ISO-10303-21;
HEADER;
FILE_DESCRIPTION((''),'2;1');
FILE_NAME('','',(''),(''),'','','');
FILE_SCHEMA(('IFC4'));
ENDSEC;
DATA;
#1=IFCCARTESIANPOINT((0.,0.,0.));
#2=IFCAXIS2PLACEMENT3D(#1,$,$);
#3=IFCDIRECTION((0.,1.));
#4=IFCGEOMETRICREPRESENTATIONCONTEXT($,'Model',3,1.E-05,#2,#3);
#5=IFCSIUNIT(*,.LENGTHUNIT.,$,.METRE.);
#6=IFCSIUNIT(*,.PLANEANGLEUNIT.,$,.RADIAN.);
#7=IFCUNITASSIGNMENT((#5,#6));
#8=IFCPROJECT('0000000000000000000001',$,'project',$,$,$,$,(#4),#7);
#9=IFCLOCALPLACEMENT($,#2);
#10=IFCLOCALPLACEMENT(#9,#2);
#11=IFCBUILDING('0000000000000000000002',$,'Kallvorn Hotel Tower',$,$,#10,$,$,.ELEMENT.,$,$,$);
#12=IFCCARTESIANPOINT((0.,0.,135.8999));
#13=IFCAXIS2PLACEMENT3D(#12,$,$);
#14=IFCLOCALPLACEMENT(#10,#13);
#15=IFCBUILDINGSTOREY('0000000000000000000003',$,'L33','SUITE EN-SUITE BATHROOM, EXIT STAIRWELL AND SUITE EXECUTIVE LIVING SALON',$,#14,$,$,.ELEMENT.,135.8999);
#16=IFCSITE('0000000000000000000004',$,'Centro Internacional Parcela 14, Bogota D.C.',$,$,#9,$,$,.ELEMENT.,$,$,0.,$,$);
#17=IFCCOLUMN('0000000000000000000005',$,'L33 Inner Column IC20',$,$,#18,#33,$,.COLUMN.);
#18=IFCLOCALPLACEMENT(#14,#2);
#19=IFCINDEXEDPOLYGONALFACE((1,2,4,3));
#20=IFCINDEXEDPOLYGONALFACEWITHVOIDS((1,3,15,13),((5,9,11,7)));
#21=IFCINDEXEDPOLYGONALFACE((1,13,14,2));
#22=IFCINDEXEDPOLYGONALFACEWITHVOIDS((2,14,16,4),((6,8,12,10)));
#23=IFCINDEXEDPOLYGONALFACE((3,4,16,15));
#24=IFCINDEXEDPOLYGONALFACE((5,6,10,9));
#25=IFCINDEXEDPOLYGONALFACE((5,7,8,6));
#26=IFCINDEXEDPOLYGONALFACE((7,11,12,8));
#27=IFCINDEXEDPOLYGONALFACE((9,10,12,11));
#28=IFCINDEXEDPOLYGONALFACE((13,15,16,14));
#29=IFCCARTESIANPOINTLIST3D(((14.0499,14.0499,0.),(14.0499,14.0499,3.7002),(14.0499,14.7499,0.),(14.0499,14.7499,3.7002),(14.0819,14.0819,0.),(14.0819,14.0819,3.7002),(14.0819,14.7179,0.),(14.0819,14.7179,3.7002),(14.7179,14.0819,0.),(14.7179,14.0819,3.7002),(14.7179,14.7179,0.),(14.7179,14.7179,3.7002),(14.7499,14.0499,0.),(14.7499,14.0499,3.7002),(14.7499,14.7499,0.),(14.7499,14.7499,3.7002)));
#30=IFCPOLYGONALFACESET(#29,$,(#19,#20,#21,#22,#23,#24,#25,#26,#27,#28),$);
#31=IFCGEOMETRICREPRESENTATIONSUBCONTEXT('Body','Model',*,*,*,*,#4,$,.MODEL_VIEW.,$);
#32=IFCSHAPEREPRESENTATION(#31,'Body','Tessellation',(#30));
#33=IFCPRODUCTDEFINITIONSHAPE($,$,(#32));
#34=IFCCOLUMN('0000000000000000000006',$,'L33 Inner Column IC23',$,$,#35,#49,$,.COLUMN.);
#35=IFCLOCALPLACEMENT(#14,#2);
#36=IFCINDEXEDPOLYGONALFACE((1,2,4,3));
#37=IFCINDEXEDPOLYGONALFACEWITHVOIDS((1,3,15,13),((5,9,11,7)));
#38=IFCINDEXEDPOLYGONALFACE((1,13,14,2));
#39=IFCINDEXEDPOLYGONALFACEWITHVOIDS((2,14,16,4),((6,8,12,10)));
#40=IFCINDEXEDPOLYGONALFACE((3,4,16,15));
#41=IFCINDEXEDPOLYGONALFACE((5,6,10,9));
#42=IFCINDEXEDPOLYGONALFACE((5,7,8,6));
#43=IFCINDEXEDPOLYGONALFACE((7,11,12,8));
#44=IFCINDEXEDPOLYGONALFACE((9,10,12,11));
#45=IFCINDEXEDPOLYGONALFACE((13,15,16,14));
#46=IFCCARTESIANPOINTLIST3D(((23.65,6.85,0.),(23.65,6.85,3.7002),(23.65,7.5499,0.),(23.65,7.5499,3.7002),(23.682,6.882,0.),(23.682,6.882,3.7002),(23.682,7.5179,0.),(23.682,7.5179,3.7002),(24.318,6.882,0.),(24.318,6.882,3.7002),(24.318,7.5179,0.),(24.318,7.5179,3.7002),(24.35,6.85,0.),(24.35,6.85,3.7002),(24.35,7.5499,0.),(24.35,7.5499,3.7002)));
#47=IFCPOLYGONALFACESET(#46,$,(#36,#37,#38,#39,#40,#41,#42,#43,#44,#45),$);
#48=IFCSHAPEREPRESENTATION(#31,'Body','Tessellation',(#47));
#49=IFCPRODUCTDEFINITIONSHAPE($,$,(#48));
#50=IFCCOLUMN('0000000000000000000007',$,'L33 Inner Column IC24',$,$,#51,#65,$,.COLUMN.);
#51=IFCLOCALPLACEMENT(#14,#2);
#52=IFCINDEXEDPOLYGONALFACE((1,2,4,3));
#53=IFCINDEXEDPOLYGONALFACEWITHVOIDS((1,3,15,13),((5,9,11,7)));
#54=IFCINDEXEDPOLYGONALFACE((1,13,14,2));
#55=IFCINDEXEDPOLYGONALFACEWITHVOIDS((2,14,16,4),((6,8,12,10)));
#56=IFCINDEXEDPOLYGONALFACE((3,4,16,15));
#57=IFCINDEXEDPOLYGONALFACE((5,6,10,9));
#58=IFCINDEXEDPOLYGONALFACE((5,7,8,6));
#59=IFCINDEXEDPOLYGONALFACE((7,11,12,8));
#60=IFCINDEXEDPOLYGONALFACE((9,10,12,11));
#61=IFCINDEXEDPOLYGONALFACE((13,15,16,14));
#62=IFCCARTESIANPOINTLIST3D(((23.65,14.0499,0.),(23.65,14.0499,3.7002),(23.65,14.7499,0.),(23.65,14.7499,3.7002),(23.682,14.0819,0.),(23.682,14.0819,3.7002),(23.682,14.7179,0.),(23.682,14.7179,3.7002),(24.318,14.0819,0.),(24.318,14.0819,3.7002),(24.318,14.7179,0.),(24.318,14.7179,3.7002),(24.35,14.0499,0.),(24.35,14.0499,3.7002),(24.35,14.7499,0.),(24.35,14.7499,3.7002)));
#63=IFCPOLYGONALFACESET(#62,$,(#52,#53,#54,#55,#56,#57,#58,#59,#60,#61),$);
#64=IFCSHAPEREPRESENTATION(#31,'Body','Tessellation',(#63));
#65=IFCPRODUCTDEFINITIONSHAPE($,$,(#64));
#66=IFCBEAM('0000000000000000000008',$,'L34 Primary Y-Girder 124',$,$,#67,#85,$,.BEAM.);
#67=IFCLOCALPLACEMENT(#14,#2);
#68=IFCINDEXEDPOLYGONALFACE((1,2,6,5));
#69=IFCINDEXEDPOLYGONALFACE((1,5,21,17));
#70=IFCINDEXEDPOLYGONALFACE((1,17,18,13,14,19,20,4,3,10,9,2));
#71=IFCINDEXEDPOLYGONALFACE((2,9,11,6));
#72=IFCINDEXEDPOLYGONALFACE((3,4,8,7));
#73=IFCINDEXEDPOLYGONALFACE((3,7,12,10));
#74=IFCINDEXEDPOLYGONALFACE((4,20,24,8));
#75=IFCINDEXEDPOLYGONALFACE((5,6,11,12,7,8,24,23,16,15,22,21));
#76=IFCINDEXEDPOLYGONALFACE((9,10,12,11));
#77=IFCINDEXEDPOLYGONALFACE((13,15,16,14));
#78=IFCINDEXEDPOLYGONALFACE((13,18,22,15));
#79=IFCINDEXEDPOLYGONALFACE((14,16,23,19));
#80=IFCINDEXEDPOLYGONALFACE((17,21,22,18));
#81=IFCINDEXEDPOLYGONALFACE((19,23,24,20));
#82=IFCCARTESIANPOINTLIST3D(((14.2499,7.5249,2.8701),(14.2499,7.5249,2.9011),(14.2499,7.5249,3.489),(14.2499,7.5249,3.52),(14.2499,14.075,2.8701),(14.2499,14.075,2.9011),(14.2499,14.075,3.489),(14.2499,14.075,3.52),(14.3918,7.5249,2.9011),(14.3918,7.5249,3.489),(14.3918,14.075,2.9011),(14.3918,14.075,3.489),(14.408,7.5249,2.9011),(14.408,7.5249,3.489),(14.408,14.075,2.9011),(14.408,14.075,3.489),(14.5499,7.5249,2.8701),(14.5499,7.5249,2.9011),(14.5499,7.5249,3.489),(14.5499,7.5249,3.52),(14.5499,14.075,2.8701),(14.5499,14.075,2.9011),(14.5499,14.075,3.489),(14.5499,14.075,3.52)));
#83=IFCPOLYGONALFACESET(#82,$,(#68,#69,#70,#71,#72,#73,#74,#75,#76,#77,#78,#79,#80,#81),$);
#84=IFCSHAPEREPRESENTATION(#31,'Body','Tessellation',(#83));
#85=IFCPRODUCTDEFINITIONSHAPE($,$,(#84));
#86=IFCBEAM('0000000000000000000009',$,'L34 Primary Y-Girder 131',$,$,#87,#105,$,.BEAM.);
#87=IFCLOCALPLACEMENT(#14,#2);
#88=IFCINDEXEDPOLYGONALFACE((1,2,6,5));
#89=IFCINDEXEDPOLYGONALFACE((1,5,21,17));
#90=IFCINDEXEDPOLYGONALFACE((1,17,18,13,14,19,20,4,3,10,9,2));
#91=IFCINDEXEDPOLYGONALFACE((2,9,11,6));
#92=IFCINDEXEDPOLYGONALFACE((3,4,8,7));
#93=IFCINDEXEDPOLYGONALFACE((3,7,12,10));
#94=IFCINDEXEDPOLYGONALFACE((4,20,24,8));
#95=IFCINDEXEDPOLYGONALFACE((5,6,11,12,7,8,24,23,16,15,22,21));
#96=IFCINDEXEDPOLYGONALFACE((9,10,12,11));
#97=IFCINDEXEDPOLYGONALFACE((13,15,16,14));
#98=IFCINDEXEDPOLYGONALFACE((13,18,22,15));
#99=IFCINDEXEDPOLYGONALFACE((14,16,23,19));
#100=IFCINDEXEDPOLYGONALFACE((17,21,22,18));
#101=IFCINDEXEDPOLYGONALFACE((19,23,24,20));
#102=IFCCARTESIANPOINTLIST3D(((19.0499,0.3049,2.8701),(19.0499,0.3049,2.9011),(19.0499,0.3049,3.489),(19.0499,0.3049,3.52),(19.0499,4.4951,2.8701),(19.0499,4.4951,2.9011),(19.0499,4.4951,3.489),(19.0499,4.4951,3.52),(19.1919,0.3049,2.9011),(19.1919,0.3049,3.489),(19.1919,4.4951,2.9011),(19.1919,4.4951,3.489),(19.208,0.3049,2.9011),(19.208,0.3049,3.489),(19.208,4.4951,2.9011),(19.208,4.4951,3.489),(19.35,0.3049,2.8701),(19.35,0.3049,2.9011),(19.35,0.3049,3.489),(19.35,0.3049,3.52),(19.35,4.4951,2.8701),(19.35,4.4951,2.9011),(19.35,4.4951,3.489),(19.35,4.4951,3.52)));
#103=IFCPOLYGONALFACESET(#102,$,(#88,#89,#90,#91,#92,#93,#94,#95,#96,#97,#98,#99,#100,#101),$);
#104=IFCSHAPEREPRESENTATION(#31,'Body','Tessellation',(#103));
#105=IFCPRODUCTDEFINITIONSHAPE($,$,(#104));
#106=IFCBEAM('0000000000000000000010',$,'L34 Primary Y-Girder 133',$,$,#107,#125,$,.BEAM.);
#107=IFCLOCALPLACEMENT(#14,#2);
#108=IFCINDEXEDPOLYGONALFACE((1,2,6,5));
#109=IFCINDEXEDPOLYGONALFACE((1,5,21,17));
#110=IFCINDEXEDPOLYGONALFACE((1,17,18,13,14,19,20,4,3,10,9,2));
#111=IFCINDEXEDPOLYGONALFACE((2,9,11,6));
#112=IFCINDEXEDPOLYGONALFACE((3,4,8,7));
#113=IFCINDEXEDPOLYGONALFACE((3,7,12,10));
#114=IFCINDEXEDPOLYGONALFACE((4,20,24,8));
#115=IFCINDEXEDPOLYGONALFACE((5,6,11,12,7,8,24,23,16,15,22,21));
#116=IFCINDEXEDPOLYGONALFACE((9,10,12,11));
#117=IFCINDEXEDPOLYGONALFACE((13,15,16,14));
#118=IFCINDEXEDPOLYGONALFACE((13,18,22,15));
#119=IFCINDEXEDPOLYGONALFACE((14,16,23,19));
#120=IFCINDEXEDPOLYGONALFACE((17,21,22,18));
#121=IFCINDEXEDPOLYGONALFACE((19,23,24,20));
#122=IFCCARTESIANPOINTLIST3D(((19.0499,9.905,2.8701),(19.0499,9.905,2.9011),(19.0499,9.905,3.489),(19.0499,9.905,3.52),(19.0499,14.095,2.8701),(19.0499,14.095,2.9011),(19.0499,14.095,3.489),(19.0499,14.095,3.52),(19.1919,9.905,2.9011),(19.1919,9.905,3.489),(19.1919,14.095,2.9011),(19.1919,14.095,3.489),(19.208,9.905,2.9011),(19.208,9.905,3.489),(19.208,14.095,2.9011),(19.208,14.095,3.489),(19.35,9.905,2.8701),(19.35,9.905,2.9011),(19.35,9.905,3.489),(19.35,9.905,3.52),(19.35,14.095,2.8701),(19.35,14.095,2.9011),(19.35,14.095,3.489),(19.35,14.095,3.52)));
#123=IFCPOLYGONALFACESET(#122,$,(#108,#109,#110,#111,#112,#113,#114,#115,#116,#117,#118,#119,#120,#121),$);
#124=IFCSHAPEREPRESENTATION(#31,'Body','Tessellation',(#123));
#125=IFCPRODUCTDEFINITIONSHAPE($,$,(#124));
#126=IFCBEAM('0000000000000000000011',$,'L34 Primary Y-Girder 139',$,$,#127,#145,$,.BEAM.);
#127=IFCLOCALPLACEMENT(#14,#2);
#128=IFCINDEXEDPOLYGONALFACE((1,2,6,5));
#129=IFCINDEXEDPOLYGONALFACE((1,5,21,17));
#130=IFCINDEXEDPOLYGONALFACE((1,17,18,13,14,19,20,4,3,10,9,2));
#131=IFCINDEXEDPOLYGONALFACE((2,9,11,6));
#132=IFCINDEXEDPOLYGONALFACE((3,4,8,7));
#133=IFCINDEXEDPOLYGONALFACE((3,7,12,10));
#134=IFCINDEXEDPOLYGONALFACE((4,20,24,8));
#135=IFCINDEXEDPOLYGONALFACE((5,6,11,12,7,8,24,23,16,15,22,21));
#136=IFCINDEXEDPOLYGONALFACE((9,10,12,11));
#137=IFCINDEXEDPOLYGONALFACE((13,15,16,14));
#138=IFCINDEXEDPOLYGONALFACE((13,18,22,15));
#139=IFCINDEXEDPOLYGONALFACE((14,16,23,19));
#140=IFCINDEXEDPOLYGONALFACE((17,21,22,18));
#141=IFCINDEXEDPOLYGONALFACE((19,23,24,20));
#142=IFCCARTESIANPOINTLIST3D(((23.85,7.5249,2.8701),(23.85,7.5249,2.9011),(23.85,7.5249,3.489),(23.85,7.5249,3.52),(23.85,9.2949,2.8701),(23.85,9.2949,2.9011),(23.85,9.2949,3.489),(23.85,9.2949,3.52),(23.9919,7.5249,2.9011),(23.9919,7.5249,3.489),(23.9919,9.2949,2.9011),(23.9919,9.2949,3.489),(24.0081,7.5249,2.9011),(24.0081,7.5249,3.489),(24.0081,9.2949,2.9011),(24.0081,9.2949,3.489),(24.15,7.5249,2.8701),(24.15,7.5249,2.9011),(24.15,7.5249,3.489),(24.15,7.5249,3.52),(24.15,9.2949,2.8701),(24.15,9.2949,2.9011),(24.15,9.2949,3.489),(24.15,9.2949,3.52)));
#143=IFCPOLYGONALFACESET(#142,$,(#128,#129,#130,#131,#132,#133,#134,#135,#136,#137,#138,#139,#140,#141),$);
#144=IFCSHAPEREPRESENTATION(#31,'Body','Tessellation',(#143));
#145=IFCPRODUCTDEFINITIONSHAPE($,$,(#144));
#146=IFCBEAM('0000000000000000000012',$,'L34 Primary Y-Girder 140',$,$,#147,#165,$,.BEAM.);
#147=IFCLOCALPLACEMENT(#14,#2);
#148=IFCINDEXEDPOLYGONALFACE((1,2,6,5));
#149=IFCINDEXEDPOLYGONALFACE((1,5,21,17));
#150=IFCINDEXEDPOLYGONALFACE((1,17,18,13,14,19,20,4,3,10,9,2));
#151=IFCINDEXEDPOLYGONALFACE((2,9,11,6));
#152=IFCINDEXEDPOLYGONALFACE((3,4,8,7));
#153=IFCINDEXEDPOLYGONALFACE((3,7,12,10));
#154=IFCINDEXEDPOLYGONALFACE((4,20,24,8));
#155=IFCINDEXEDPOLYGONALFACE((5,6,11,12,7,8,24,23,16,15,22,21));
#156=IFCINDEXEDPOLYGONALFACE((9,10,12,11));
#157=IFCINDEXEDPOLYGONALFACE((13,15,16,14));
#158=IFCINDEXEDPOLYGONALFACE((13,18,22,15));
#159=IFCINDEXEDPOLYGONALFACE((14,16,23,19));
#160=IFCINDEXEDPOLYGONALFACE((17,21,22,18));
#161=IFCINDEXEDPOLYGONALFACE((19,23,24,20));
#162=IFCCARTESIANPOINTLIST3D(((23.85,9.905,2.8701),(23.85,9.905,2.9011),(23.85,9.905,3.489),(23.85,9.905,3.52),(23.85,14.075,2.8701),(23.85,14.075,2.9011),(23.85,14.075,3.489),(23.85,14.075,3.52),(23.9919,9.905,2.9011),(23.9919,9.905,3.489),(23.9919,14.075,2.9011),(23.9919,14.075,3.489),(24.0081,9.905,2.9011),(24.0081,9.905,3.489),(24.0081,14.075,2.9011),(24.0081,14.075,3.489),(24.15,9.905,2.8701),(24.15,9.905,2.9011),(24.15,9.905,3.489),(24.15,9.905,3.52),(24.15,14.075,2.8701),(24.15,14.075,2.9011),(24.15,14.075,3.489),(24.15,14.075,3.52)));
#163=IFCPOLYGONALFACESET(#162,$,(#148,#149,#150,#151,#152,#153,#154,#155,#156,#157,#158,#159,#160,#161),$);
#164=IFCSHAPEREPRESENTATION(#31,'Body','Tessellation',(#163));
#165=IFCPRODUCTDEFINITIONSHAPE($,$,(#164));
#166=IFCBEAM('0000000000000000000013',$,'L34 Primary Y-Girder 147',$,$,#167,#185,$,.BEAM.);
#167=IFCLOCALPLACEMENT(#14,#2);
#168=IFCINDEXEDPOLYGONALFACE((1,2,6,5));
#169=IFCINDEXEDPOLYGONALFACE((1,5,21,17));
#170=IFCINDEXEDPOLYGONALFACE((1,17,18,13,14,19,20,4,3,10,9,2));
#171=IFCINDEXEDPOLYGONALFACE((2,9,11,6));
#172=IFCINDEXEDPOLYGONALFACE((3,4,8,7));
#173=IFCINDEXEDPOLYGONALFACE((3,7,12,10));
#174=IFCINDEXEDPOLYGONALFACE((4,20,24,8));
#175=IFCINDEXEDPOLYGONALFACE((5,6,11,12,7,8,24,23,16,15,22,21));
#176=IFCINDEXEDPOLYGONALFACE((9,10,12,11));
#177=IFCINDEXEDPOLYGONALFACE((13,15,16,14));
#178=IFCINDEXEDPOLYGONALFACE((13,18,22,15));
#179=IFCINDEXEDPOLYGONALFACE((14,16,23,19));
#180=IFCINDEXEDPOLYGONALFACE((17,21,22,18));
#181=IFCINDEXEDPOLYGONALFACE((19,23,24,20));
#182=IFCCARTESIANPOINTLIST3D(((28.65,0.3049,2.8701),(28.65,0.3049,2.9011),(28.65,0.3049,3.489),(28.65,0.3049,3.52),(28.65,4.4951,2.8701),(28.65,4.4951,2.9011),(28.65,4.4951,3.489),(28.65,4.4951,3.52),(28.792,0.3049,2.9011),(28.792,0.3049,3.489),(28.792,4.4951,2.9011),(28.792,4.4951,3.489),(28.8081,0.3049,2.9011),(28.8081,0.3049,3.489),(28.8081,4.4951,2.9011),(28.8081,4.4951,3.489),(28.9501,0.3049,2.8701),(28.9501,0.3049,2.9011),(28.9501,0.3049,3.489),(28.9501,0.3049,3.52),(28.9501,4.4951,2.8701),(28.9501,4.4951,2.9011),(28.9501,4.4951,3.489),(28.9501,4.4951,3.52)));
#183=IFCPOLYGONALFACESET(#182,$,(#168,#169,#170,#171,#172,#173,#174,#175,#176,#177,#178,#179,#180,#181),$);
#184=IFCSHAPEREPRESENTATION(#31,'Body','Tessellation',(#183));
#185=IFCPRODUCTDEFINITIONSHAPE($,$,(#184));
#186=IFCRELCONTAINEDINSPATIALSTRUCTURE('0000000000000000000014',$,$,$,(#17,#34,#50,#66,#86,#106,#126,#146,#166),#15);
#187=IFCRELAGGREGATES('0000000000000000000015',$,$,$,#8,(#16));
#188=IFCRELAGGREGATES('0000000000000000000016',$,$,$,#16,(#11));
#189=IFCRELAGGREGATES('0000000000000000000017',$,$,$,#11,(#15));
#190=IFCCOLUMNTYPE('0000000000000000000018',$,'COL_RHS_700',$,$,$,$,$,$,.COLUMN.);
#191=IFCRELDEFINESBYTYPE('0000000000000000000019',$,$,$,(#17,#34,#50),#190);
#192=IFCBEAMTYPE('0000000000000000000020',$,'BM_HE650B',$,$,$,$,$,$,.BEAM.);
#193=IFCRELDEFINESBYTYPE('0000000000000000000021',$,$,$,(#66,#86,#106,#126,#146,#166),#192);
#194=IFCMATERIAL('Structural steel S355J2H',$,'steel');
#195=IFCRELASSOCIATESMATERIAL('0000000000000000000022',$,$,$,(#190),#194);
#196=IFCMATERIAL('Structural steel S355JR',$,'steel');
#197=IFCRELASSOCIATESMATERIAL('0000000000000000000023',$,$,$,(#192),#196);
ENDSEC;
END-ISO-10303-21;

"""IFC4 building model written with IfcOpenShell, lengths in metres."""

from ifc_helpers import new_model, si_unit, direction, frame, origin, origin_2d, place, context, subcontext, project, spatial, hollow_rectangle, i_section, extrude, material, material_profile, profile_set, type_object, element, save


model = new_model("IFC4")

# Units and contexts
model_context = context("Model", 3, precision=1e-05, world=origin(), true_north=direction((0.0, 1.0)))
body_context = subcontext(model_context, "Body", "Model", "MODEL_VIEW")
ifc_project = project(units=[si_unit("LENGTHUNIT", "METRE"), si_unit("PLANEANGLEUNIT", "RADIAN")], contexts=[model_context])

# Site, building, storey
site_placement = place(None, origin())
site = spatial("IfcSite", under=ifc_project, at=site_placement, Name="Centro Internacional Parcela 14, Bogota D.C.", CompositionType="ELEMENT", RefElevation=0.0)
building_placement = place(site_placement, origin())
building = spatial("IfcBuilding", under=site, at=building_placement, Name="Kallvorn Hotel Tower", CompositionType="ELEMENT")
storey_placement = place(building_placement, frame((0.0, 0.0, 135.8999)))
storey = spatial("IfcBuildingStorey", under=building, at=storey_placement, Name="L33", Description="SUITE EN-SUITE BATHROOM, EXIT STAIRWELL AND SUITE EXECUTIVE LIVING SALON", CompositionType="ELEMENT", Elevation=135.8999)

# Columns
ifc_material_1 = material(Name="Structural steel S355J2H", Category="steel")
ifc_material_profile_1 = material_profile(ifc_material_1, hollow_rectangle(XDim=0.7, YDim=0.7, WallThickness=0.032, at=origin_2d()), Name="RHS 700x700x32")
ifc_profile_set_1 = profile_set([ifc_material_profile_1], Name="Structural steel S355J2H")
column_type_1 = type_object("IfcColumnType", Name="COL_RHS_700", PredefinedType="COLUMN", material=ifc_profile_set_1)
for number, where, z_axis, x_axis, name in (
    (1, (14.3999, 14.3999, 0.0), (0.0, 0.0, 1.0), (1.0, 0.0, 0.0), "L33 Inner Column IC20"),
    (2, (24.0, 7.2, 0.0), (0.0, 0.0, 1.0), (1.0, 0.0, 0.0), "L33 Inner Column IC23"),
    (3, (24.0, 14.3999, 0.0), (0.0, 0.0, 1.0), (1.0, 0.0, 0.0), "L33 Inner Column IC24"),
):
    element("IfcColumn", number, at=place(storey_placement, frame(where, z_axis=z_axis, x_axis=x_axis)), inside=storey, type_object=column_type_1, Name=name, PredefinedType="COLUMN", context=body_context, shape_type="SweptSolid", body=[
        extrude(hollow_rectangle(XDim=0.7, YDim=0.7, WallThickness=0.032, at=origin_2d()), origin(), (0.0, 0.0, 1.0), 3.7002),
    ])

# Beams
ifc_material_2 = material(Name="Structural steel S355JR", Category="steel")
ifc_material_profile_2 = material_profile(ifc_material_2, i_section(OverallWidth=0.3, OverallDepth=0.6499, WebThickness=0.0161, FlangeThickness=0.031, at=origin_2d()), Name="HE 650 B")
ifc_profile_set_2 = profile_set([ifc_material_profile_2], Name="Structural steel S355JR")
beam_type_1 = type_object("IfcBeamType", Name="BM_HE650B", PredefinedType="BEAM", material=ifc_profile_set_2)
beam_1_placement = place(storey_placement, frame((14.3999, 7.5249, 3.1951), z_axis=(0.0, 1.0, 0.0), x_axis=(-1.0, 0.0, 0.0)))
element("IfcBeam", 4, at=beam_1_placement, inside=storey, type_object=beam_type_1, Name="L34 Primary Y-Girder 124", PredefinedType="BEAM", context=body_context, shape_type="SweptSolid", body=[
    extrude(i_section(OverallWidth=0.3, OverallDepth=0.6499, WebThickness=0.0161, FlangeThickness=0.031, at=origin_2d()), origin(), (0.0, 0.0, 1.0), 6.55),
])
beam_2_placement = place(storey_placement, frame((19.2, 0.3049, 3.1951), z_axis=(0.0, 1.0, 0.0), x_axis=(-1.0, 0.0, 0.0)))
element("IfcBeam", 5, at=beam_2_placement, inside=storey, type_object=beam_type_1, Name="L34 Primary Y-Girder 131", PredefinedType="BEAM", context=body_context, shape_type="SweptSolid", body=[
    extrude(i_section(OverallWidth=0.3, OverallDepth=0.6499, WebThickness=0.0161, FlangeThickness=0.031, at=origin_2d()), origin(), (0.0, 0.0, 1.0), 4.1902),
])
beam_3_placement = place(storey_placement, frame((19.2, 9.905, 3.1951), z_axis=(0.0, 1.0, 0.0), x_axis=(-1.0, 0.0, 0.0)))
element("IfcBeam", 6, at=beam_3_placement, inside=storey, type_object=beam_type_1, Name="L34 Primary Y-Girder 133", PredefinedType="BEAM", context=body_context, shape_type="SweptSolid", body=[
    extrude(i_section(OverallWidth=0.3, OverallDepth=0.6499, WebThickness=0.0161, FlangeThickness=0.031, at=origin_2d()), origin(), (0.0, 0.0, 1.0), 4.1899),
])
beam_4_placement = place(storey_placement, frame((24.0, 7.5249, 3.1951), z_axis=(0.0, 1.0, 0.0), x_axis=(-1.0, 0.0, 0.0)))
element("IfcBeam", 7, at=beam_4_placement, inside=storey, type_object=beam_type_1, Name="L34 Primary Y-Girder 139", PredefinedType="BEAM", context=body_context, shape_type="SweptSolid", body=[
    extrude(i_section(OverallWidth=0.3, OverallDepth=0.6499, WebThickness=0.0161, FlangeThickness=0.031, at=origin_2d()), origin(), (0.0, 0.0, 1.0), 1.77),
])
beam_5_placement = place(storey_placement, frame((24.0, 9.905, 3.1951), z_axis=(0.0, 1.0, 0.0), x_axis=(-1.0, 0.0, 0.0)))
element("IfcBeam", 8, at=beam_5_placement, inside=storey, type_object=beam_type_1, Name="L34 Primary Y-Girder 140", PredefinedType="BEAM", context=body_context, shape_type="SweptSolid", body=[
    extrude(i_section(OverallWidth=0.3, OverallDepth=0.6499, WebThickness=0.0161, FlangeThickness=0.031, at=origin_2d()), origin(), (0.0, 0.0, 1.0), 4.1699),
])
beam_6_placement = place(storey_placement, frame((28.8, 0.3049, 3.1951), z_axis=(0.0, 1.0, 0.0), x_axis=(-1.0, 0.0, 0.0)))
element("IfcBeam", 9, at=beam_6_placement, inside=storey, type_object=beam_type_1, Name="L34 Primary Y-Girder 147", PredefinedType="BEAM", context=body_context, shape_type="SweptSolid", body=[
    extrude(i_section(OverallWidth=0.3, OverallDepth=0.6499, WebThickness=0.0161, FlangeThickness=0.031, at=origin_2d()), origin(), (0.0, 0.0, 1.0), 4.1902),
])

save(model, "model.ifc")
